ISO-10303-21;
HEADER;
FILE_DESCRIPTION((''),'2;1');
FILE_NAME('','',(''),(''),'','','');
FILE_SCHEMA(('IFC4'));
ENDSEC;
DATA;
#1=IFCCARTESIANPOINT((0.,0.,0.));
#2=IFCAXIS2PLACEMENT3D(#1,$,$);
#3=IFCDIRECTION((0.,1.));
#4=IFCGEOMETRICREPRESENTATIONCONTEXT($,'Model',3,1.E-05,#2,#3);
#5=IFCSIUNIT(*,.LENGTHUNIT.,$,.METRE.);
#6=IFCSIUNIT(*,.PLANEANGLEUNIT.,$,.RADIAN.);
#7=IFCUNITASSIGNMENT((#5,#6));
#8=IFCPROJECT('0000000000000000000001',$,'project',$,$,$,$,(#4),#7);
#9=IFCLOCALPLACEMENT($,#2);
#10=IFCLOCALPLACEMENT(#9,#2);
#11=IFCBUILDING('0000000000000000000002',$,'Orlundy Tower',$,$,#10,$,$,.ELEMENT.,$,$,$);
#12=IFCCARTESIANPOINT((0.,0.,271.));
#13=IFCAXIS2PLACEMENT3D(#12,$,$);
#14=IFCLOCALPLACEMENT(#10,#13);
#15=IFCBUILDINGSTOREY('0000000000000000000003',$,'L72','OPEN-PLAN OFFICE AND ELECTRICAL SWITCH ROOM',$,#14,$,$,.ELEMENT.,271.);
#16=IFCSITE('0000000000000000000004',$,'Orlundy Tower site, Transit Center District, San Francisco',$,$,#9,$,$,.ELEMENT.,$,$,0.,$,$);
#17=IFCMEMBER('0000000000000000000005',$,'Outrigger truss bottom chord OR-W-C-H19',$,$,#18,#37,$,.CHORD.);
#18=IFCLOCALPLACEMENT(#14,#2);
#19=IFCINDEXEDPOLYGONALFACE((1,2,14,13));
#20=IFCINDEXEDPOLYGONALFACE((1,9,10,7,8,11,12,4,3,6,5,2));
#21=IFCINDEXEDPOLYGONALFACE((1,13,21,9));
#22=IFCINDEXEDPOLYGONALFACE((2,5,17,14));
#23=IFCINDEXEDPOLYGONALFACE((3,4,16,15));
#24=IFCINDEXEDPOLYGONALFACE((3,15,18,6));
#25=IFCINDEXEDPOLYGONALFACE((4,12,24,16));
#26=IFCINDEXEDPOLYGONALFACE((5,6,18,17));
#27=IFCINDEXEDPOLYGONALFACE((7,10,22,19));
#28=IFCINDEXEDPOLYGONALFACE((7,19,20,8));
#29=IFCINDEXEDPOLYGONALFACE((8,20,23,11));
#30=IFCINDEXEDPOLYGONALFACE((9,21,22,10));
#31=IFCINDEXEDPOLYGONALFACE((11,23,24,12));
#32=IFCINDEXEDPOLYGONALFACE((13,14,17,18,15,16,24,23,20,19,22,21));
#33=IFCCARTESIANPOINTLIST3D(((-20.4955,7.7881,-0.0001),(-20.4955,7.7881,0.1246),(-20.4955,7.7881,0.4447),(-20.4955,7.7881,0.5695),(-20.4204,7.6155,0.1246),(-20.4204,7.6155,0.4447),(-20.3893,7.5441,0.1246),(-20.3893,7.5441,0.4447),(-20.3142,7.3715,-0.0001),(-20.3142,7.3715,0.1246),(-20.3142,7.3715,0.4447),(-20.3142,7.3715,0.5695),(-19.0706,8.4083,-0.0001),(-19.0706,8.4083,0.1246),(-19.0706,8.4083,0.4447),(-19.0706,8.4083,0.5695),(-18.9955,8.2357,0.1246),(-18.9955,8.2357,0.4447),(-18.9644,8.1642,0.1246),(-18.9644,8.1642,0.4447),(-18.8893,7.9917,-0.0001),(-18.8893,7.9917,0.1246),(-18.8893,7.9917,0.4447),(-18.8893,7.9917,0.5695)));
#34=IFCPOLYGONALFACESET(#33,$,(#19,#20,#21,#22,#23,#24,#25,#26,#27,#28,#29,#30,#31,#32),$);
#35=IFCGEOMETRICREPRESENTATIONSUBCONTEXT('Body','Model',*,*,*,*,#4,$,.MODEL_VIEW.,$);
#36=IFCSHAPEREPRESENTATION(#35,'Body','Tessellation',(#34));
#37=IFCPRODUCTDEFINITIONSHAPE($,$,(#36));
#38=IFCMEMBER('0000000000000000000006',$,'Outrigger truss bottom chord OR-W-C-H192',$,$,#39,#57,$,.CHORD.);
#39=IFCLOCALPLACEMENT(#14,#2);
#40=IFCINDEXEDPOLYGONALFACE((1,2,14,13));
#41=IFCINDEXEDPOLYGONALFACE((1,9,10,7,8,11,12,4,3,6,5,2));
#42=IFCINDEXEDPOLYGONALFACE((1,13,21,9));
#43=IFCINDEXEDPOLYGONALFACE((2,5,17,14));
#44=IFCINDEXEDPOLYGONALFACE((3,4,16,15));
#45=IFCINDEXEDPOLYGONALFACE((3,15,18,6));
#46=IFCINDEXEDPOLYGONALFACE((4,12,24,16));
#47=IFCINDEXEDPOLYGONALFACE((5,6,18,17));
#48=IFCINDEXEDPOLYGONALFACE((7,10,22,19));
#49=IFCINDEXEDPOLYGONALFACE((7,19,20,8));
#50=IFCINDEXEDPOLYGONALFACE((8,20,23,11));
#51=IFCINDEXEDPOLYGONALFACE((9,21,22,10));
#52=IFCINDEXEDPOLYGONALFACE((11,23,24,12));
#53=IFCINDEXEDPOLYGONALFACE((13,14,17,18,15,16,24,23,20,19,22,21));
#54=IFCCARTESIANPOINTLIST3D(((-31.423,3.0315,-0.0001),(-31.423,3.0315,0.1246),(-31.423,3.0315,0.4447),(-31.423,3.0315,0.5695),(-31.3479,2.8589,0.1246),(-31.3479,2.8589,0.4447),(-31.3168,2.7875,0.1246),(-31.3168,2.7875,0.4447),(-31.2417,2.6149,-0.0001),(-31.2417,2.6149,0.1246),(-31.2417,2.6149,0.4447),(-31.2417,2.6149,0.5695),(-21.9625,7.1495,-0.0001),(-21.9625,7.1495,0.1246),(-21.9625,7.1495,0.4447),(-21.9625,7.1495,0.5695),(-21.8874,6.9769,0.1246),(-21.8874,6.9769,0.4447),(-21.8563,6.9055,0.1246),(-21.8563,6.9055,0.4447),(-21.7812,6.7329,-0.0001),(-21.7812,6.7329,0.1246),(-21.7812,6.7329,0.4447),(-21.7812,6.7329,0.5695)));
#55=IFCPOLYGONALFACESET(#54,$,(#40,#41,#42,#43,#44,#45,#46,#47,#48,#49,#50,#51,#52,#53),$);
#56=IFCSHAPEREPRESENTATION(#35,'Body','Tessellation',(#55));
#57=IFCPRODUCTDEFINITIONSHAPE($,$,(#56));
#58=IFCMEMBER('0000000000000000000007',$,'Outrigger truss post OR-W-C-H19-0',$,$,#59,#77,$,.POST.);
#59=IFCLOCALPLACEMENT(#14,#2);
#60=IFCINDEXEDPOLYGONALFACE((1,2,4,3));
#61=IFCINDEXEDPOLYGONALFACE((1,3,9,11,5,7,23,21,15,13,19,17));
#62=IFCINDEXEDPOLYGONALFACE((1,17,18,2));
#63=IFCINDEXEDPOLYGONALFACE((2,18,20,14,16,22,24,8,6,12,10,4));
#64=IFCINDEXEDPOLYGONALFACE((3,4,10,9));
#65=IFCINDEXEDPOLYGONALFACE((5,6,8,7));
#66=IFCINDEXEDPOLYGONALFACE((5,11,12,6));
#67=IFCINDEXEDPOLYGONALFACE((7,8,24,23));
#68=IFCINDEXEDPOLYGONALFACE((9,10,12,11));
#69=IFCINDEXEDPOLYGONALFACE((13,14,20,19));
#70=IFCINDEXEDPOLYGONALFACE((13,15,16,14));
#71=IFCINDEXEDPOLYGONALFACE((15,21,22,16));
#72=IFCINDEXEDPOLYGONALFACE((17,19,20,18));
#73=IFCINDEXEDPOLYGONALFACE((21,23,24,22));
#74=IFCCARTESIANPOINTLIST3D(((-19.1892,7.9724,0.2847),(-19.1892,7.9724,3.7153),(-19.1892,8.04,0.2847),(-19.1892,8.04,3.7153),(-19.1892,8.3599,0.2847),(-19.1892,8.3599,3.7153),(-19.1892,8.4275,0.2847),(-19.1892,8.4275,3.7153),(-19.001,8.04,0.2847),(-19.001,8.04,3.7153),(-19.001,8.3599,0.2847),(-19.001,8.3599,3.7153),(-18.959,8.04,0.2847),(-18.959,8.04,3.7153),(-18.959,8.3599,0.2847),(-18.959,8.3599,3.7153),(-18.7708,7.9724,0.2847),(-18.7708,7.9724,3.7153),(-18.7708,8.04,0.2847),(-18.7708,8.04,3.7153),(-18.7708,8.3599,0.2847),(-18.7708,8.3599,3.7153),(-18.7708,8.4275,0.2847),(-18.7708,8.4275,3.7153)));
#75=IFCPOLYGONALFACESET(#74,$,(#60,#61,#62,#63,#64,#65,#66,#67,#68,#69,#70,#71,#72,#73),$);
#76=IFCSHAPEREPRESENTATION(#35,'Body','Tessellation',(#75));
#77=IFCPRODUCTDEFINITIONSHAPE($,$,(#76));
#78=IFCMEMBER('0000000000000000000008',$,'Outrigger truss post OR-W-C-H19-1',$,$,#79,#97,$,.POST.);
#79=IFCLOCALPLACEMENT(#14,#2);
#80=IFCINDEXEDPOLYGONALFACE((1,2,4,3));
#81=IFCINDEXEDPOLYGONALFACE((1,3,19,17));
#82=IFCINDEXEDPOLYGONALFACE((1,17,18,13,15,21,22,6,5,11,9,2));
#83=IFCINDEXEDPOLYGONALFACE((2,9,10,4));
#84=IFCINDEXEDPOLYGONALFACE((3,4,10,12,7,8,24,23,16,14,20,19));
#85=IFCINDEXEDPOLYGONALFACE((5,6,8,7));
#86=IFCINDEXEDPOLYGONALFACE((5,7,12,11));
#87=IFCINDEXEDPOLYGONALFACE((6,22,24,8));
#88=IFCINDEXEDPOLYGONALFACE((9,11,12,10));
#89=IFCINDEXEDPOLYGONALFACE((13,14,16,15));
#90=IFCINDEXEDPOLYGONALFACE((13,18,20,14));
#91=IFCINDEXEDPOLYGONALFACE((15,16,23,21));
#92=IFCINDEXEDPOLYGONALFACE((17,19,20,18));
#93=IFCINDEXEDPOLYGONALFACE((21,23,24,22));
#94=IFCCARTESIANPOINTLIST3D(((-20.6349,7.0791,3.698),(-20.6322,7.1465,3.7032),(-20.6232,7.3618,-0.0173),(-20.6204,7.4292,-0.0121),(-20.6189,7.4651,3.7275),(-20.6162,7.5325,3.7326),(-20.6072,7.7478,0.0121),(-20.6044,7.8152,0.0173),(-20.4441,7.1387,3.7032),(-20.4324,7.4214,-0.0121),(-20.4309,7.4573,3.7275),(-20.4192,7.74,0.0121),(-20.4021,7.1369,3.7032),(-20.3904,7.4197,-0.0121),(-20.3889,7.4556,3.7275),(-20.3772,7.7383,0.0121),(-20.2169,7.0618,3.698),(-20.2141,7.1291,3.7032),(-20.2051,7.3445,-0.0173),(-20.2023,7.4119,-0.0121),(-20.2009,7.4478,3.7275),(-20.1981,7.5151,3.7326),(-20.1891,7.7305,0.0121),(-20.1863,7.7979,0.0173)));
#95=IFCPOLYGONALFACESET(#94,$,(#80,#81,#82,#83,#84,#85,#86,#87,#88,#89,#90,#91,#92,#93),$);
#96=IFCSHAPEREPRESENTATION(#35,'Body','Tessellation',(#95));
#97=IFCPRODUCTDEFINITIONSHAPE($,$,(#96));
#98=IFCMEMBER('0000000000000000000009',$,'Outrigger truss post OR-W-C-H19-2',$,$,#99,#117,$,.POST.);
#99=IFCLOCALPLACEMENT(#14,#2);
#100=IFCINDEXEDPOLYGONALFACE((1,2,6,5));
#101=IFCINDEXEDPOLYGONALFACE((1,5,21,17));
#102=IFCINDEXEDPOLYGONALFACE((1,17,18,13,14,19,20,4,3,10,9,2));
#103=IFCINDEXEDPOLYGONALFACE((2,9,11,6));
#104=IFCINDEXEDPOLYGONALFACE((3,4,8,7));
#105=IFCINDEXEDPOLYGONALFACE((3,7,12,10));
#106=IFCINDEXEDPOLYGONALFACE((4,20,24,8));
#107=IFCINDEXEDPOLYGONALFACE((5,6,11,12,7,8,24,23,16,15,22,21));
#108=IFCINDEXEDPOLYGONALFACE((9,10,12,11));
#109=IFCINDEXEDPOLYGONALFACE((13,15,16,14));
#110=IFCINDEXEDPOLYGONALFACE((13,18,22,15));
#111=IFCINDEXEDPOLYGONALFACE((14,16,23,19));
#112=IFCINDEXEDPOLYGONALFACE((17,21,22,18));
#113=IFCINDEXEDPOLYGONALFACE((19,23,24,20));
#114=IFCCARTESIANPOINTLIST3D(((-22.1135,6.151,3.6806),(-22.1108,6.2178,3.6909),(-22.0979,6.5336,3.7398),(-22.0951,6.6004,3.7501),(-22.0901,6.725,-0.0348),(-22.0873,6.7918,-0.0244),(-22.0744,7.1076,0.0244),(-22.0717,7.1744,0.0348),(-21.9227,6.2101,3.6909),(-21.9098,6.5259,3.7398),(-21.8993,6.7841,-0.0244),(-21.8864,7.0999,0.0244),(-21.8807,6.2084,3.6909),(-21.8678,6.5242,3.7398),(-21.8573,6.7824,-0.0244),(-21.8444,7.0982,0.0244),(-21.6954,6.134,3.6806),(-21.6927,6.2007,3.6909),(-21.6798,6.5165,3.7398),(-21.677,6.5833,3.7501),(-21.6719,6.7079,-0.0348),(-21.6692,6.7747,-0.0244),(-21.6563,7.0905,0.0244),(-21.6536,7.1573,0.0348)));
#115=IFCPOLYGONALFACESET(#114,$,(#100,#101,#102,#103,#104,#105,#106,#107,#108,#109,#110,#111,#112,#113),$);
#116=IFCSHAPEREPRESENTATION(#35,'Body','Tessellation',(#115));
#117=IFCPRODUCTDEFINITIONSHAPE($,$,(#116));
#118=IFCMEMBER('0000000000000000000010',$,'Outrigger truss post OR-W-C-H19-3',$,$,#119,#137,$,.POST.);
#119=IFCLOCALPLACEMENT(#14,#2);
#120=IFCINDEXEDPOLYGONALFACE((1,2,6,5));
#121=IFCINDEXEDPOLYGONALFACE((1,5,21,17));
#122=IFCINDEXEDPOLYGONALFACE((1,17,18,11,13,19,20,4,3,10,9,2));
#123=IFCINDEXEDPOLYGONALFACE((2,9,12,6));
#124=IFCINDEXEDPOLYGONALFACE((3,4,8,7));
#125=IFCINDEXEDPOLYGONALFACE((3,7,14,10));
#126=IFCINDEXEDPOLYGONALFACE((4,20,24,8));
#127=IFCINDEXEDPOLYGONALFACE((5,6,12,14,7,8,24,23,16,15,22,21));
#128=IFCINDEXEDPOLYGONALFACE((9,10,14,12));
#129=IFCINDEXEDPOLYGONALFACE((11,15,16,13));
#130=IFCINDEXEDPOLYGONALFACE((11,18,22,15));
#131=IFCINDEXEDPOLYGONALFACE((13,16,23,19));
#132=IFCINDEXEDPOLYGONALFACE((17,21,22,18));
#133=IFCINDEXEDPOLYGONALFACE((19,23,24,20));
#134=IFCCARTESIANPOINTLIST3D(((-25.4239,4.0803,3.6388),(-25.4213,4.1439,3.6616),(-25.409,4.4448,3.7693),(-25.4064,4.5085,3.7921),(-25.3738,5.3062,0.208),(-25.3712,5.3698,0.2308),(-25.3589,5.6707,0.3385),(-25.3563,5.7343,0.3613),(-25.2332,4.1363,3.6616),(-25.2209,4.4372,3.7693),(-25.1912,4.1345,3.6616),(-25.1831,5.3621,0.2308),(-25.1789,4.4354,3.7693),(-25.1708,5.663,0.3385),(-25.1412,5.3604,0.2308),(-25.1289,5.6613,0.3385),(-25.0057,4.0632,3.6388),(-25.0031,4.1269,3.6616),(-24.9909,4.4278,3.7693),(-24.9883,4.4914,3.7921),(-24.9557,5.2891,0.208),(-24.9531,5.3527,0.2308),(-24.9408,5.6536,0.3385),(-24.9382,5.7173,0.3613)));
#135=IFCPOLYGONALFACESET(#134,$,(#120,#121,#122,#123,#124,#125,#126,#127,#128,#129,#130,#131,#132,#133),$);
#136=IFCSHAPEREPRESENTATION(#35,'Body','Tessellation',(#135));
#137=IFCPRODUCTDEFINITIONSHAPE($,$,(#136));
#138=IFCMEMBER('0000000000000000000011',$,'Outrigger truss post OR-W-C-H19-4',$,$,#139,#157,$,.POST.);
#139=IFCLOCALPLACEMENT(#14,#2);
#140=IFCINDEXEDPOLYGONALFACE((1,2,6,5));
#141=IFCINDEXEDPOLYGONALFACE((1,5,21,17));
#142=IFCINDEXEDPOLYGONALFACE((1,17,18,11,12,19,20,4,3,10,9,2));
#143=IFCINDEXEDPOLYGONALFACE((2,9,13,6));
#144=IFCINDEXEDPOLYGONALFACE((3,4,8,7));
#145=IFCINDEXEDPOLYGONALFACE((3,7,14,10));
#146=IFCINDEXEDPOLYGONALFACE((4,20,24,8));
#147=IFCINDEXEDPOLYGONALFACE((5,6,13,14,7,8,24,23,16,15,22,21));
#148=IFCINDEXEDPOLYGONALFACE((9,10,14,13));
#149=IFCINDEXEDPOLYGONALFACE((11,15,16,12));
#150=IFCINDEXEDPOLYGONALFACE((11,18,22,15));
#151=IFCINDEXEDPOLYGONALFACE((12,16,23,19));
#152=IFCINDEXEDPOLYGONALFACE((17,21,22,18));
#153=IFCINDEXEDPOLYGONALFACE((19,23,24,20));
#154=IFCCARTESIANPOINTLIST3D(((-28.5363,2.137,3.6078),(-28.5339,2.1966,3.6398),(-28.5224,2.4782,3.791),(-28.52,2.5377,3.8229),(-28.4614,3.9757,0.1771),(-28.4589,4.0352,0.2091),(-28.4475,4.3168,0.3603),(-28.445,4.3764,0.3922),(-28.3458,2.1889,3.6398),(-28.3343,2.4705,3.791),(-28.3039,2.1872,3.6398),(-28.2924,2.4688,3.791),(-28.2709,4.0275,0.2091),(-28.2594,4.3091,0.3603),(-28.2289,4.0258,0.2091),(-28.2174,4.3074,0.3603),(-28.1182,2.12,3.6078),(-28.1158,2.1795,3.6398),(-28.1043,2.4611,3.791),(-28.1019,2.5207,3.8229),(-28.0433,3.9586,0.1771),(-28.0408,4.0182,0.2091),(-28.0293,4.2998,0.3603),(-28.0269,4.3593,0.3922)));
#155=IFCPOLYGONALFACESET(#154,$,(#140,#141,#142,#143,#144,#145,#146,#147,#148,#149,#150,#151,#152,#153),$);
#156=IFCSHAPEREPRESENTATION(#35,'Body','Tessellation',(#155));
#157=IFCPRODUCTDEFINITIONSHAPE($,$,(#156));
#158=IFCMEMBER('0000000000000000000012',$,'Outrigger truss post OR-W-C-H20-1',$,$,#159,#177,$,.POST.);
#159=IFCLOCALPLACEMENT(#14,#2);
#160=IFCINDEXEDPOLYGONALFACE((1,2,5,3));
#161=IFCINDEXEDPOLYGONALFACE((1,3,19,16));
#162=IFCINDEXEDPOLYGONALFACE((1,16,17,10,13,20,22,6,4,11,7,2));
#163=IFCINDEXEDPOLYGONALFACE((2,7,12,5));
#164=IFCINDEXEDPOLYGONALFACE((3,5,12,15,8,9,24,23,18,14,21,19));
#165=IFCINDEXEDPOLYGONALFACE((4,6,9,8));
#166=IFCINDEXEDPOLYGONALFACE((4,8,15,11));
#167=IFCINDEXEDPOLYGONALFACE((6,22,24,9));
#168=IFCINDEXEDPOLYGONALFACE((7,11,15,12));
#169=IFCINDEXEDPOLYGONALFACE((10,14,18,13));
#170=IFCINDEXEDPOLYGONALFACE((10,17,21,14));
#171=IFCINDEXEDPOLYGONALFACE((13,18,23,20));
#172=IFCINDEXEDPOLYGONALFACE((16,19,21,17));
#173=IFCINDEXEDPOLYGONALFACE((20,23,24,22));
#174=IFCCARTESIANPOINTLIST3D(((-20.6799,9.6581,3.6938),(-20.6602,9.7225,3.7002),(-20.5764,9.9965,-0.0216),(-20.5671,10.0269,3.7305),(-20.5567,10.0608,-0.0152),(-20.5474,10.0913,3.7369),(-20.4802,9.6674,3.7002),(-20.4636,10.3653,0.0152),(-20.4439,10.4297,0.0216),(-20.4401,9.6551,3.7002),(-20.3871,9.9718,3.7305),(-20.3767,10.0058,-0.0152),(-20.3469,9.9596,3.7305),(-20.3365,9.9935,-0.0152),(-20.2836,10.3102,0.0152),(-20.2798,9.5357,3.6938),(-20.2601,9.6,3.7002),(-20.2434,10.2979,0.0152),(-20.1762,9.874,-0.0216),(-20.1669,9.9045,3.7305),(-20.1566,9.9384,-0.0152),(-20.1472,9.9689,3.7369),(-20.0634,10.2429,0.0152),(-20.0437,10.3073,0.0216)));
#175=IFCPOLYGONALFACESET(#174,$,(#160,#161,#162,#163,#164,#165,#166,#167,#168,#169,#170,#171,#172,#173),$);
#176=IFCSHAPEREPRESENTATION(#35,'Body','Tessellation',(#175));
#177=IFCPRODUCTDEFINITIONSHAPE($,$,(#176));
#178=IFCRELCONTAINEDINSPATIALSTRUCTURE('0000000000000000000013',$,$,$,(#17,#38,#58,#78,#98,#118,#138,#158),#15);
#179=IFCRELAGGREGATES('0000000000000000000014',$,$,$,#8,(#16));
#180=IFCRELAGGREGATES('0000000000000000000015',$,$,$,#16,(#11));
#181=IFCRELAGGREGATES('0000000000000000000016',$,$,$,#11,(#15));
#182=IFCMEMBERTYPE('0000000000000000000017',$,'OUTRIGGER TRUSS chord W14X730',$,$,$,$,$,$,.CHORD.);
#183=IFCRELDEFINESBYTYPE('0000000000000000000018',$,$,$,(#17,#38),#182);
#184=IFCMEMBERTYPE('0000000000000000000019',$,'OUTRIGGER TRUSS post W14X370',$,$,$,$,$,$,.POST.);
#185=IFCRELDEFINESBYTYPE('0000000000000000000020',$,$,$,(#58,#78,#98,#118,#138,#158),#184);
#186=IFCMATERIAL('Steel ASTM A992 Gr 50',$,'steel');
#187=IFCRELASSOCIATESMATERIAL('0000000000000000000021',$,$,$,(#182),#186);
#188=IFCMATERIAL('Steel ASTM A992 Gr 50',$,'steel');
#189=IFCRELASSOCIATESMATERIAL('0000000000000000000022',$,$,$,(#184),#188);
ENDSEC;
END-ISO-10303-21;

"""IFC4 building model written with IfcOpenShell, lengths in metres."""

from ifc_helpers import new_model, si_unit, direction, frame, origin, origin_2d, place, context, subcontext, project, spatial, i_section, extrude, material, material_profile, profile_set, type_object, element, save


model = new_model("IFC4")

# Units and contexts
model_context = context("Model", 3, precision=1e-05, world=origin(), true_north=direction((0.0, 1.0)))
body_context = subcontext(model_context, "Body", "Model", "MODEL_VIEW")
ifc_project = project(units=[si_unit("LENGTHUNIT", "METRE"), si_unit("PLANEANGLEUNIT", "RADIAN")], contexts=[model_context])

# Site, building, storey
site_placement = place(None, origin())
site = spatial("IfcSite", under=ifc_project, at=site_placement, Name="Orlundy Tower site, Transit Center District, San Francisco", CompositionType="ELEMENT", RefElevation=0.0)
building_placement = place(site_placement, origin())
building = spatial("IfcBuilding", under=site, at=building_placement, Name="Orlundy Tower", CompositionType="ELEMENT")
storey_placement = place(building_placement, frame((0.0, 0.0, 271.0)))
storey = spatial("IfcBuildingStorey", under=building, at=storey_placement, Name="L72", Description="OPEN-PLAN OFFICE AND ELECTRICAL SWITCH ROOM", CompositionType="ELEMENT", Elevation=271.0)

# Members
ifc_material_1 = material(Name="Steel ASTM A992 Gr 50", Category="steel")
ifc_material_profile_1 = material_profile(ifc_material_1, i_section(OverallWidth=0.4543, OverallDepth=0.5696, WebThickness=0.0779, FlangeThickness=0.1248, at=origin_2d()), Name="W14X730")
ifc_profile_set_1 = profile_set([ifc_material_profile_1], Name="Steel ASTM A992 Gr 50")
member_type_1 = type_object("IfcMemberType", Name="OUTRIGGER TRUSS chord W14X730", PredefinedType="CHORD", material=ifc_profile_set_1)
member_1_placement = place(storey_placement, frame((-18.98, 8.2, 0.2847), z_axis=(-0.91692, -0.399071, 0.0), x_axis=(0.399071, -0.91692, 0.0)))
element("IfcMember", 1, at=member_1_placement, inside=storey, type_object=member_type_1, Name="Outrigger truss bottom chord OR-W-C-H19", PredefinedType="CHORD", context=body_context, shape_type="SweptSolid", body=[
    extrude(i_section(OverallWidth=0.4543, OverallDepth=0.5696, WebThickness=0.0779, FlangeThickness=0.1248, at=origin_2d()), origin(), (0.0, 0.0, 1.0), 1.554),
])
member_2_placement = place(storey_placement, frame((-21.8718, 6.9412, 0.2847), z_axis=(-0.916904, -0.399108, 0.0), x_axis=(0.399108, -0.916904, 0.0)))
element("IfcMember", 2, at=member_2_placement, inside=storey, type_object=member_type_1, Name="Outrigger truss bottom chord OR-W-C-H192", PredefinedType="CHORD", context=body_context, shape_type="SweptSolid", body=[
    extrude(i_section(OverallWidth=0.4543, OverallDepth=0.5696, WebThickness=0.0779, FlangeThickness=0.1248, at=origin_2d()), origin(), (0.0, 0.0, 1.0), 10.3179),
])
ifc_material_2 = material(Name="Steel ASTM A992 Gr 50", Category="steel")
ifc_material_profile_2 = material_profile(ifc_material_2, i_section(OverallWidth=0.4185, OverallDepth=0.4551, WebThickness=0.042, FlangeThickness=0.0676, at=origin_2d()), Name="W14X370")
ifc_profile_set_2 = profile_set([ifc_material_profile_2], Name="Steel ASTM A992 Gr 50")
member_type_2 = type_object("IfcMemberType", Name="OUTRIGGER TRUSS post W14X370", PredefinedType="POST", material=ifc_profile_set_2)
member_3_placement = place(storey_placement, frame((-18.98, 8.2, 0.2847), z_axis=(0.0, 0.0, 1.0), x_axis=(1.0, 0.0, 0.0)))
element("IfcMember", 3, at=member_3_placement, inside=storey, type_object=member_type_2, Name="Outrigger truss post OR-W-C-H19-0", PredefinedType="POST", context=body_context, shape_type="SweptSolid", body=[
    extrude(i_section(OverallWidth=0.4185, OverallDepth=0.4551, WebThickness=0.042, FlangeThickness=0.0676, at=origin_2d()), origin(), (0.0, 0.0, 1.0), 3.4307),
])
member_4_placement = place(storey_placement, frame((-20.4048, 7.5798, 0.0), z_axis=(-0.003145, -0.075874, 0.997112), x_axis=(0.999142, -0.041415, 0.0)))
element("IfcMember", 4, at=member_4_placement, inside=storey, type_object=member_type_2, Name="Outrigger truss post OR-W-C-H19-1", PredefinedType="POST", context=body_context, shape_type="SweptSolid", body=[
    extrude(i_section(OverallWidth=0.4185, OverallDepth=0.4551, WebThickness=0.042, FlangeThickness=0.0676, at=origin_2d()), origin(), (0.0, 0.0, 1.0), 3.7261),
])
member_5_placement = place(storey_placement, frame((-21.8718, 6.9412, 0.0), z_axis=(-0.006234, -0.152674, 0.988257), x_axis=(0.999167, -0.0408, 0.0)))
element("IfcMember", 5, at=member_5_placement, inside=storey, type_object=member_type_2, Name="Outrigger truss post OR-W-C-H19-2", PredefinedType="POST", context=body_context, shape_type="SweptSolid", body=[
    extrude(i_section(OverallWidth=0.4185, OverallDepth=0.4551, WebThickness=0.042, FlangeThickness=0.0676, at=origin_2d()), origin(), (0.0, 0.0, 1.0), 3.7595),
])
member_6_placement = place(storey_placement, frame((-25.156, 5.5117, 0.2847), z_axis=(-0.013737, -0.336449, 0.941601), x_axis=(0.999168, -0.040795, 0.0)))
element("IfcMember", 6, at=member_6_placement, inside=storey, type_object=member_type_2, Name="Outrigger truss post OR-W-C-H19-3", PredefinedType="POST", context=body_context, shape_type="SweptSolid", body=[
    extrude(i_section(OverallWidth=0.4185, OverallDepth=0.4551, WebThickness=0.042, FlangeThickness=0.0676, at=origin_2d()), origin(), (0.0, 0.0, 1.0), 3.6436),
])
member_7_placement = place(storey_placement, frame((-28.2441, 4.1675, 0.2847), z_axis=(-0.019253, -0.472287, 0.881235), x_axis=(0.99917, -0.040731, 0.0)))
element("IfcMember", 7, at=member_7_placement, inside=storey, type_object=member_type_2, Name="Outrigger truss post OR-W-C-H19-4", PredefinedType="POST", context=body_context, shape_type="SweptSolid", body=[
    extrude(i_section(OverallWidth=0.4185, OverallDepth=0.4551, WebThickness=0.042, FlangeThickness=0.0676, at=origin_2d()), origin(), (0.0, 0.0, 1.0), 3.8931),
])
member_8_placement = place(storey_placement, frame((-20.3101, 10.1519, 0.0), z_axis=(-0.027736, -0.090666, 0.995495), x_axis=(0.956255, -0.292534, 0.0)))
element("IfcMember", 8, at=member_8_placement, inside=storey, type_object=member_type_2, Name="Outrigger truss post OR-W-C-H20-1", PredefinedType="POST", context=body_context, shape_type="SweptSolid", body=[
    extrude(i_section(OverallWidth=0.4185, OverallDepth=0.4551, WebThickness=0.042, FlangeThickness=0.0676, at=origin_2d()), origin(), (0.0, 0.0, 1.0), 3.7322),
])

save(model, "model.ifc")
